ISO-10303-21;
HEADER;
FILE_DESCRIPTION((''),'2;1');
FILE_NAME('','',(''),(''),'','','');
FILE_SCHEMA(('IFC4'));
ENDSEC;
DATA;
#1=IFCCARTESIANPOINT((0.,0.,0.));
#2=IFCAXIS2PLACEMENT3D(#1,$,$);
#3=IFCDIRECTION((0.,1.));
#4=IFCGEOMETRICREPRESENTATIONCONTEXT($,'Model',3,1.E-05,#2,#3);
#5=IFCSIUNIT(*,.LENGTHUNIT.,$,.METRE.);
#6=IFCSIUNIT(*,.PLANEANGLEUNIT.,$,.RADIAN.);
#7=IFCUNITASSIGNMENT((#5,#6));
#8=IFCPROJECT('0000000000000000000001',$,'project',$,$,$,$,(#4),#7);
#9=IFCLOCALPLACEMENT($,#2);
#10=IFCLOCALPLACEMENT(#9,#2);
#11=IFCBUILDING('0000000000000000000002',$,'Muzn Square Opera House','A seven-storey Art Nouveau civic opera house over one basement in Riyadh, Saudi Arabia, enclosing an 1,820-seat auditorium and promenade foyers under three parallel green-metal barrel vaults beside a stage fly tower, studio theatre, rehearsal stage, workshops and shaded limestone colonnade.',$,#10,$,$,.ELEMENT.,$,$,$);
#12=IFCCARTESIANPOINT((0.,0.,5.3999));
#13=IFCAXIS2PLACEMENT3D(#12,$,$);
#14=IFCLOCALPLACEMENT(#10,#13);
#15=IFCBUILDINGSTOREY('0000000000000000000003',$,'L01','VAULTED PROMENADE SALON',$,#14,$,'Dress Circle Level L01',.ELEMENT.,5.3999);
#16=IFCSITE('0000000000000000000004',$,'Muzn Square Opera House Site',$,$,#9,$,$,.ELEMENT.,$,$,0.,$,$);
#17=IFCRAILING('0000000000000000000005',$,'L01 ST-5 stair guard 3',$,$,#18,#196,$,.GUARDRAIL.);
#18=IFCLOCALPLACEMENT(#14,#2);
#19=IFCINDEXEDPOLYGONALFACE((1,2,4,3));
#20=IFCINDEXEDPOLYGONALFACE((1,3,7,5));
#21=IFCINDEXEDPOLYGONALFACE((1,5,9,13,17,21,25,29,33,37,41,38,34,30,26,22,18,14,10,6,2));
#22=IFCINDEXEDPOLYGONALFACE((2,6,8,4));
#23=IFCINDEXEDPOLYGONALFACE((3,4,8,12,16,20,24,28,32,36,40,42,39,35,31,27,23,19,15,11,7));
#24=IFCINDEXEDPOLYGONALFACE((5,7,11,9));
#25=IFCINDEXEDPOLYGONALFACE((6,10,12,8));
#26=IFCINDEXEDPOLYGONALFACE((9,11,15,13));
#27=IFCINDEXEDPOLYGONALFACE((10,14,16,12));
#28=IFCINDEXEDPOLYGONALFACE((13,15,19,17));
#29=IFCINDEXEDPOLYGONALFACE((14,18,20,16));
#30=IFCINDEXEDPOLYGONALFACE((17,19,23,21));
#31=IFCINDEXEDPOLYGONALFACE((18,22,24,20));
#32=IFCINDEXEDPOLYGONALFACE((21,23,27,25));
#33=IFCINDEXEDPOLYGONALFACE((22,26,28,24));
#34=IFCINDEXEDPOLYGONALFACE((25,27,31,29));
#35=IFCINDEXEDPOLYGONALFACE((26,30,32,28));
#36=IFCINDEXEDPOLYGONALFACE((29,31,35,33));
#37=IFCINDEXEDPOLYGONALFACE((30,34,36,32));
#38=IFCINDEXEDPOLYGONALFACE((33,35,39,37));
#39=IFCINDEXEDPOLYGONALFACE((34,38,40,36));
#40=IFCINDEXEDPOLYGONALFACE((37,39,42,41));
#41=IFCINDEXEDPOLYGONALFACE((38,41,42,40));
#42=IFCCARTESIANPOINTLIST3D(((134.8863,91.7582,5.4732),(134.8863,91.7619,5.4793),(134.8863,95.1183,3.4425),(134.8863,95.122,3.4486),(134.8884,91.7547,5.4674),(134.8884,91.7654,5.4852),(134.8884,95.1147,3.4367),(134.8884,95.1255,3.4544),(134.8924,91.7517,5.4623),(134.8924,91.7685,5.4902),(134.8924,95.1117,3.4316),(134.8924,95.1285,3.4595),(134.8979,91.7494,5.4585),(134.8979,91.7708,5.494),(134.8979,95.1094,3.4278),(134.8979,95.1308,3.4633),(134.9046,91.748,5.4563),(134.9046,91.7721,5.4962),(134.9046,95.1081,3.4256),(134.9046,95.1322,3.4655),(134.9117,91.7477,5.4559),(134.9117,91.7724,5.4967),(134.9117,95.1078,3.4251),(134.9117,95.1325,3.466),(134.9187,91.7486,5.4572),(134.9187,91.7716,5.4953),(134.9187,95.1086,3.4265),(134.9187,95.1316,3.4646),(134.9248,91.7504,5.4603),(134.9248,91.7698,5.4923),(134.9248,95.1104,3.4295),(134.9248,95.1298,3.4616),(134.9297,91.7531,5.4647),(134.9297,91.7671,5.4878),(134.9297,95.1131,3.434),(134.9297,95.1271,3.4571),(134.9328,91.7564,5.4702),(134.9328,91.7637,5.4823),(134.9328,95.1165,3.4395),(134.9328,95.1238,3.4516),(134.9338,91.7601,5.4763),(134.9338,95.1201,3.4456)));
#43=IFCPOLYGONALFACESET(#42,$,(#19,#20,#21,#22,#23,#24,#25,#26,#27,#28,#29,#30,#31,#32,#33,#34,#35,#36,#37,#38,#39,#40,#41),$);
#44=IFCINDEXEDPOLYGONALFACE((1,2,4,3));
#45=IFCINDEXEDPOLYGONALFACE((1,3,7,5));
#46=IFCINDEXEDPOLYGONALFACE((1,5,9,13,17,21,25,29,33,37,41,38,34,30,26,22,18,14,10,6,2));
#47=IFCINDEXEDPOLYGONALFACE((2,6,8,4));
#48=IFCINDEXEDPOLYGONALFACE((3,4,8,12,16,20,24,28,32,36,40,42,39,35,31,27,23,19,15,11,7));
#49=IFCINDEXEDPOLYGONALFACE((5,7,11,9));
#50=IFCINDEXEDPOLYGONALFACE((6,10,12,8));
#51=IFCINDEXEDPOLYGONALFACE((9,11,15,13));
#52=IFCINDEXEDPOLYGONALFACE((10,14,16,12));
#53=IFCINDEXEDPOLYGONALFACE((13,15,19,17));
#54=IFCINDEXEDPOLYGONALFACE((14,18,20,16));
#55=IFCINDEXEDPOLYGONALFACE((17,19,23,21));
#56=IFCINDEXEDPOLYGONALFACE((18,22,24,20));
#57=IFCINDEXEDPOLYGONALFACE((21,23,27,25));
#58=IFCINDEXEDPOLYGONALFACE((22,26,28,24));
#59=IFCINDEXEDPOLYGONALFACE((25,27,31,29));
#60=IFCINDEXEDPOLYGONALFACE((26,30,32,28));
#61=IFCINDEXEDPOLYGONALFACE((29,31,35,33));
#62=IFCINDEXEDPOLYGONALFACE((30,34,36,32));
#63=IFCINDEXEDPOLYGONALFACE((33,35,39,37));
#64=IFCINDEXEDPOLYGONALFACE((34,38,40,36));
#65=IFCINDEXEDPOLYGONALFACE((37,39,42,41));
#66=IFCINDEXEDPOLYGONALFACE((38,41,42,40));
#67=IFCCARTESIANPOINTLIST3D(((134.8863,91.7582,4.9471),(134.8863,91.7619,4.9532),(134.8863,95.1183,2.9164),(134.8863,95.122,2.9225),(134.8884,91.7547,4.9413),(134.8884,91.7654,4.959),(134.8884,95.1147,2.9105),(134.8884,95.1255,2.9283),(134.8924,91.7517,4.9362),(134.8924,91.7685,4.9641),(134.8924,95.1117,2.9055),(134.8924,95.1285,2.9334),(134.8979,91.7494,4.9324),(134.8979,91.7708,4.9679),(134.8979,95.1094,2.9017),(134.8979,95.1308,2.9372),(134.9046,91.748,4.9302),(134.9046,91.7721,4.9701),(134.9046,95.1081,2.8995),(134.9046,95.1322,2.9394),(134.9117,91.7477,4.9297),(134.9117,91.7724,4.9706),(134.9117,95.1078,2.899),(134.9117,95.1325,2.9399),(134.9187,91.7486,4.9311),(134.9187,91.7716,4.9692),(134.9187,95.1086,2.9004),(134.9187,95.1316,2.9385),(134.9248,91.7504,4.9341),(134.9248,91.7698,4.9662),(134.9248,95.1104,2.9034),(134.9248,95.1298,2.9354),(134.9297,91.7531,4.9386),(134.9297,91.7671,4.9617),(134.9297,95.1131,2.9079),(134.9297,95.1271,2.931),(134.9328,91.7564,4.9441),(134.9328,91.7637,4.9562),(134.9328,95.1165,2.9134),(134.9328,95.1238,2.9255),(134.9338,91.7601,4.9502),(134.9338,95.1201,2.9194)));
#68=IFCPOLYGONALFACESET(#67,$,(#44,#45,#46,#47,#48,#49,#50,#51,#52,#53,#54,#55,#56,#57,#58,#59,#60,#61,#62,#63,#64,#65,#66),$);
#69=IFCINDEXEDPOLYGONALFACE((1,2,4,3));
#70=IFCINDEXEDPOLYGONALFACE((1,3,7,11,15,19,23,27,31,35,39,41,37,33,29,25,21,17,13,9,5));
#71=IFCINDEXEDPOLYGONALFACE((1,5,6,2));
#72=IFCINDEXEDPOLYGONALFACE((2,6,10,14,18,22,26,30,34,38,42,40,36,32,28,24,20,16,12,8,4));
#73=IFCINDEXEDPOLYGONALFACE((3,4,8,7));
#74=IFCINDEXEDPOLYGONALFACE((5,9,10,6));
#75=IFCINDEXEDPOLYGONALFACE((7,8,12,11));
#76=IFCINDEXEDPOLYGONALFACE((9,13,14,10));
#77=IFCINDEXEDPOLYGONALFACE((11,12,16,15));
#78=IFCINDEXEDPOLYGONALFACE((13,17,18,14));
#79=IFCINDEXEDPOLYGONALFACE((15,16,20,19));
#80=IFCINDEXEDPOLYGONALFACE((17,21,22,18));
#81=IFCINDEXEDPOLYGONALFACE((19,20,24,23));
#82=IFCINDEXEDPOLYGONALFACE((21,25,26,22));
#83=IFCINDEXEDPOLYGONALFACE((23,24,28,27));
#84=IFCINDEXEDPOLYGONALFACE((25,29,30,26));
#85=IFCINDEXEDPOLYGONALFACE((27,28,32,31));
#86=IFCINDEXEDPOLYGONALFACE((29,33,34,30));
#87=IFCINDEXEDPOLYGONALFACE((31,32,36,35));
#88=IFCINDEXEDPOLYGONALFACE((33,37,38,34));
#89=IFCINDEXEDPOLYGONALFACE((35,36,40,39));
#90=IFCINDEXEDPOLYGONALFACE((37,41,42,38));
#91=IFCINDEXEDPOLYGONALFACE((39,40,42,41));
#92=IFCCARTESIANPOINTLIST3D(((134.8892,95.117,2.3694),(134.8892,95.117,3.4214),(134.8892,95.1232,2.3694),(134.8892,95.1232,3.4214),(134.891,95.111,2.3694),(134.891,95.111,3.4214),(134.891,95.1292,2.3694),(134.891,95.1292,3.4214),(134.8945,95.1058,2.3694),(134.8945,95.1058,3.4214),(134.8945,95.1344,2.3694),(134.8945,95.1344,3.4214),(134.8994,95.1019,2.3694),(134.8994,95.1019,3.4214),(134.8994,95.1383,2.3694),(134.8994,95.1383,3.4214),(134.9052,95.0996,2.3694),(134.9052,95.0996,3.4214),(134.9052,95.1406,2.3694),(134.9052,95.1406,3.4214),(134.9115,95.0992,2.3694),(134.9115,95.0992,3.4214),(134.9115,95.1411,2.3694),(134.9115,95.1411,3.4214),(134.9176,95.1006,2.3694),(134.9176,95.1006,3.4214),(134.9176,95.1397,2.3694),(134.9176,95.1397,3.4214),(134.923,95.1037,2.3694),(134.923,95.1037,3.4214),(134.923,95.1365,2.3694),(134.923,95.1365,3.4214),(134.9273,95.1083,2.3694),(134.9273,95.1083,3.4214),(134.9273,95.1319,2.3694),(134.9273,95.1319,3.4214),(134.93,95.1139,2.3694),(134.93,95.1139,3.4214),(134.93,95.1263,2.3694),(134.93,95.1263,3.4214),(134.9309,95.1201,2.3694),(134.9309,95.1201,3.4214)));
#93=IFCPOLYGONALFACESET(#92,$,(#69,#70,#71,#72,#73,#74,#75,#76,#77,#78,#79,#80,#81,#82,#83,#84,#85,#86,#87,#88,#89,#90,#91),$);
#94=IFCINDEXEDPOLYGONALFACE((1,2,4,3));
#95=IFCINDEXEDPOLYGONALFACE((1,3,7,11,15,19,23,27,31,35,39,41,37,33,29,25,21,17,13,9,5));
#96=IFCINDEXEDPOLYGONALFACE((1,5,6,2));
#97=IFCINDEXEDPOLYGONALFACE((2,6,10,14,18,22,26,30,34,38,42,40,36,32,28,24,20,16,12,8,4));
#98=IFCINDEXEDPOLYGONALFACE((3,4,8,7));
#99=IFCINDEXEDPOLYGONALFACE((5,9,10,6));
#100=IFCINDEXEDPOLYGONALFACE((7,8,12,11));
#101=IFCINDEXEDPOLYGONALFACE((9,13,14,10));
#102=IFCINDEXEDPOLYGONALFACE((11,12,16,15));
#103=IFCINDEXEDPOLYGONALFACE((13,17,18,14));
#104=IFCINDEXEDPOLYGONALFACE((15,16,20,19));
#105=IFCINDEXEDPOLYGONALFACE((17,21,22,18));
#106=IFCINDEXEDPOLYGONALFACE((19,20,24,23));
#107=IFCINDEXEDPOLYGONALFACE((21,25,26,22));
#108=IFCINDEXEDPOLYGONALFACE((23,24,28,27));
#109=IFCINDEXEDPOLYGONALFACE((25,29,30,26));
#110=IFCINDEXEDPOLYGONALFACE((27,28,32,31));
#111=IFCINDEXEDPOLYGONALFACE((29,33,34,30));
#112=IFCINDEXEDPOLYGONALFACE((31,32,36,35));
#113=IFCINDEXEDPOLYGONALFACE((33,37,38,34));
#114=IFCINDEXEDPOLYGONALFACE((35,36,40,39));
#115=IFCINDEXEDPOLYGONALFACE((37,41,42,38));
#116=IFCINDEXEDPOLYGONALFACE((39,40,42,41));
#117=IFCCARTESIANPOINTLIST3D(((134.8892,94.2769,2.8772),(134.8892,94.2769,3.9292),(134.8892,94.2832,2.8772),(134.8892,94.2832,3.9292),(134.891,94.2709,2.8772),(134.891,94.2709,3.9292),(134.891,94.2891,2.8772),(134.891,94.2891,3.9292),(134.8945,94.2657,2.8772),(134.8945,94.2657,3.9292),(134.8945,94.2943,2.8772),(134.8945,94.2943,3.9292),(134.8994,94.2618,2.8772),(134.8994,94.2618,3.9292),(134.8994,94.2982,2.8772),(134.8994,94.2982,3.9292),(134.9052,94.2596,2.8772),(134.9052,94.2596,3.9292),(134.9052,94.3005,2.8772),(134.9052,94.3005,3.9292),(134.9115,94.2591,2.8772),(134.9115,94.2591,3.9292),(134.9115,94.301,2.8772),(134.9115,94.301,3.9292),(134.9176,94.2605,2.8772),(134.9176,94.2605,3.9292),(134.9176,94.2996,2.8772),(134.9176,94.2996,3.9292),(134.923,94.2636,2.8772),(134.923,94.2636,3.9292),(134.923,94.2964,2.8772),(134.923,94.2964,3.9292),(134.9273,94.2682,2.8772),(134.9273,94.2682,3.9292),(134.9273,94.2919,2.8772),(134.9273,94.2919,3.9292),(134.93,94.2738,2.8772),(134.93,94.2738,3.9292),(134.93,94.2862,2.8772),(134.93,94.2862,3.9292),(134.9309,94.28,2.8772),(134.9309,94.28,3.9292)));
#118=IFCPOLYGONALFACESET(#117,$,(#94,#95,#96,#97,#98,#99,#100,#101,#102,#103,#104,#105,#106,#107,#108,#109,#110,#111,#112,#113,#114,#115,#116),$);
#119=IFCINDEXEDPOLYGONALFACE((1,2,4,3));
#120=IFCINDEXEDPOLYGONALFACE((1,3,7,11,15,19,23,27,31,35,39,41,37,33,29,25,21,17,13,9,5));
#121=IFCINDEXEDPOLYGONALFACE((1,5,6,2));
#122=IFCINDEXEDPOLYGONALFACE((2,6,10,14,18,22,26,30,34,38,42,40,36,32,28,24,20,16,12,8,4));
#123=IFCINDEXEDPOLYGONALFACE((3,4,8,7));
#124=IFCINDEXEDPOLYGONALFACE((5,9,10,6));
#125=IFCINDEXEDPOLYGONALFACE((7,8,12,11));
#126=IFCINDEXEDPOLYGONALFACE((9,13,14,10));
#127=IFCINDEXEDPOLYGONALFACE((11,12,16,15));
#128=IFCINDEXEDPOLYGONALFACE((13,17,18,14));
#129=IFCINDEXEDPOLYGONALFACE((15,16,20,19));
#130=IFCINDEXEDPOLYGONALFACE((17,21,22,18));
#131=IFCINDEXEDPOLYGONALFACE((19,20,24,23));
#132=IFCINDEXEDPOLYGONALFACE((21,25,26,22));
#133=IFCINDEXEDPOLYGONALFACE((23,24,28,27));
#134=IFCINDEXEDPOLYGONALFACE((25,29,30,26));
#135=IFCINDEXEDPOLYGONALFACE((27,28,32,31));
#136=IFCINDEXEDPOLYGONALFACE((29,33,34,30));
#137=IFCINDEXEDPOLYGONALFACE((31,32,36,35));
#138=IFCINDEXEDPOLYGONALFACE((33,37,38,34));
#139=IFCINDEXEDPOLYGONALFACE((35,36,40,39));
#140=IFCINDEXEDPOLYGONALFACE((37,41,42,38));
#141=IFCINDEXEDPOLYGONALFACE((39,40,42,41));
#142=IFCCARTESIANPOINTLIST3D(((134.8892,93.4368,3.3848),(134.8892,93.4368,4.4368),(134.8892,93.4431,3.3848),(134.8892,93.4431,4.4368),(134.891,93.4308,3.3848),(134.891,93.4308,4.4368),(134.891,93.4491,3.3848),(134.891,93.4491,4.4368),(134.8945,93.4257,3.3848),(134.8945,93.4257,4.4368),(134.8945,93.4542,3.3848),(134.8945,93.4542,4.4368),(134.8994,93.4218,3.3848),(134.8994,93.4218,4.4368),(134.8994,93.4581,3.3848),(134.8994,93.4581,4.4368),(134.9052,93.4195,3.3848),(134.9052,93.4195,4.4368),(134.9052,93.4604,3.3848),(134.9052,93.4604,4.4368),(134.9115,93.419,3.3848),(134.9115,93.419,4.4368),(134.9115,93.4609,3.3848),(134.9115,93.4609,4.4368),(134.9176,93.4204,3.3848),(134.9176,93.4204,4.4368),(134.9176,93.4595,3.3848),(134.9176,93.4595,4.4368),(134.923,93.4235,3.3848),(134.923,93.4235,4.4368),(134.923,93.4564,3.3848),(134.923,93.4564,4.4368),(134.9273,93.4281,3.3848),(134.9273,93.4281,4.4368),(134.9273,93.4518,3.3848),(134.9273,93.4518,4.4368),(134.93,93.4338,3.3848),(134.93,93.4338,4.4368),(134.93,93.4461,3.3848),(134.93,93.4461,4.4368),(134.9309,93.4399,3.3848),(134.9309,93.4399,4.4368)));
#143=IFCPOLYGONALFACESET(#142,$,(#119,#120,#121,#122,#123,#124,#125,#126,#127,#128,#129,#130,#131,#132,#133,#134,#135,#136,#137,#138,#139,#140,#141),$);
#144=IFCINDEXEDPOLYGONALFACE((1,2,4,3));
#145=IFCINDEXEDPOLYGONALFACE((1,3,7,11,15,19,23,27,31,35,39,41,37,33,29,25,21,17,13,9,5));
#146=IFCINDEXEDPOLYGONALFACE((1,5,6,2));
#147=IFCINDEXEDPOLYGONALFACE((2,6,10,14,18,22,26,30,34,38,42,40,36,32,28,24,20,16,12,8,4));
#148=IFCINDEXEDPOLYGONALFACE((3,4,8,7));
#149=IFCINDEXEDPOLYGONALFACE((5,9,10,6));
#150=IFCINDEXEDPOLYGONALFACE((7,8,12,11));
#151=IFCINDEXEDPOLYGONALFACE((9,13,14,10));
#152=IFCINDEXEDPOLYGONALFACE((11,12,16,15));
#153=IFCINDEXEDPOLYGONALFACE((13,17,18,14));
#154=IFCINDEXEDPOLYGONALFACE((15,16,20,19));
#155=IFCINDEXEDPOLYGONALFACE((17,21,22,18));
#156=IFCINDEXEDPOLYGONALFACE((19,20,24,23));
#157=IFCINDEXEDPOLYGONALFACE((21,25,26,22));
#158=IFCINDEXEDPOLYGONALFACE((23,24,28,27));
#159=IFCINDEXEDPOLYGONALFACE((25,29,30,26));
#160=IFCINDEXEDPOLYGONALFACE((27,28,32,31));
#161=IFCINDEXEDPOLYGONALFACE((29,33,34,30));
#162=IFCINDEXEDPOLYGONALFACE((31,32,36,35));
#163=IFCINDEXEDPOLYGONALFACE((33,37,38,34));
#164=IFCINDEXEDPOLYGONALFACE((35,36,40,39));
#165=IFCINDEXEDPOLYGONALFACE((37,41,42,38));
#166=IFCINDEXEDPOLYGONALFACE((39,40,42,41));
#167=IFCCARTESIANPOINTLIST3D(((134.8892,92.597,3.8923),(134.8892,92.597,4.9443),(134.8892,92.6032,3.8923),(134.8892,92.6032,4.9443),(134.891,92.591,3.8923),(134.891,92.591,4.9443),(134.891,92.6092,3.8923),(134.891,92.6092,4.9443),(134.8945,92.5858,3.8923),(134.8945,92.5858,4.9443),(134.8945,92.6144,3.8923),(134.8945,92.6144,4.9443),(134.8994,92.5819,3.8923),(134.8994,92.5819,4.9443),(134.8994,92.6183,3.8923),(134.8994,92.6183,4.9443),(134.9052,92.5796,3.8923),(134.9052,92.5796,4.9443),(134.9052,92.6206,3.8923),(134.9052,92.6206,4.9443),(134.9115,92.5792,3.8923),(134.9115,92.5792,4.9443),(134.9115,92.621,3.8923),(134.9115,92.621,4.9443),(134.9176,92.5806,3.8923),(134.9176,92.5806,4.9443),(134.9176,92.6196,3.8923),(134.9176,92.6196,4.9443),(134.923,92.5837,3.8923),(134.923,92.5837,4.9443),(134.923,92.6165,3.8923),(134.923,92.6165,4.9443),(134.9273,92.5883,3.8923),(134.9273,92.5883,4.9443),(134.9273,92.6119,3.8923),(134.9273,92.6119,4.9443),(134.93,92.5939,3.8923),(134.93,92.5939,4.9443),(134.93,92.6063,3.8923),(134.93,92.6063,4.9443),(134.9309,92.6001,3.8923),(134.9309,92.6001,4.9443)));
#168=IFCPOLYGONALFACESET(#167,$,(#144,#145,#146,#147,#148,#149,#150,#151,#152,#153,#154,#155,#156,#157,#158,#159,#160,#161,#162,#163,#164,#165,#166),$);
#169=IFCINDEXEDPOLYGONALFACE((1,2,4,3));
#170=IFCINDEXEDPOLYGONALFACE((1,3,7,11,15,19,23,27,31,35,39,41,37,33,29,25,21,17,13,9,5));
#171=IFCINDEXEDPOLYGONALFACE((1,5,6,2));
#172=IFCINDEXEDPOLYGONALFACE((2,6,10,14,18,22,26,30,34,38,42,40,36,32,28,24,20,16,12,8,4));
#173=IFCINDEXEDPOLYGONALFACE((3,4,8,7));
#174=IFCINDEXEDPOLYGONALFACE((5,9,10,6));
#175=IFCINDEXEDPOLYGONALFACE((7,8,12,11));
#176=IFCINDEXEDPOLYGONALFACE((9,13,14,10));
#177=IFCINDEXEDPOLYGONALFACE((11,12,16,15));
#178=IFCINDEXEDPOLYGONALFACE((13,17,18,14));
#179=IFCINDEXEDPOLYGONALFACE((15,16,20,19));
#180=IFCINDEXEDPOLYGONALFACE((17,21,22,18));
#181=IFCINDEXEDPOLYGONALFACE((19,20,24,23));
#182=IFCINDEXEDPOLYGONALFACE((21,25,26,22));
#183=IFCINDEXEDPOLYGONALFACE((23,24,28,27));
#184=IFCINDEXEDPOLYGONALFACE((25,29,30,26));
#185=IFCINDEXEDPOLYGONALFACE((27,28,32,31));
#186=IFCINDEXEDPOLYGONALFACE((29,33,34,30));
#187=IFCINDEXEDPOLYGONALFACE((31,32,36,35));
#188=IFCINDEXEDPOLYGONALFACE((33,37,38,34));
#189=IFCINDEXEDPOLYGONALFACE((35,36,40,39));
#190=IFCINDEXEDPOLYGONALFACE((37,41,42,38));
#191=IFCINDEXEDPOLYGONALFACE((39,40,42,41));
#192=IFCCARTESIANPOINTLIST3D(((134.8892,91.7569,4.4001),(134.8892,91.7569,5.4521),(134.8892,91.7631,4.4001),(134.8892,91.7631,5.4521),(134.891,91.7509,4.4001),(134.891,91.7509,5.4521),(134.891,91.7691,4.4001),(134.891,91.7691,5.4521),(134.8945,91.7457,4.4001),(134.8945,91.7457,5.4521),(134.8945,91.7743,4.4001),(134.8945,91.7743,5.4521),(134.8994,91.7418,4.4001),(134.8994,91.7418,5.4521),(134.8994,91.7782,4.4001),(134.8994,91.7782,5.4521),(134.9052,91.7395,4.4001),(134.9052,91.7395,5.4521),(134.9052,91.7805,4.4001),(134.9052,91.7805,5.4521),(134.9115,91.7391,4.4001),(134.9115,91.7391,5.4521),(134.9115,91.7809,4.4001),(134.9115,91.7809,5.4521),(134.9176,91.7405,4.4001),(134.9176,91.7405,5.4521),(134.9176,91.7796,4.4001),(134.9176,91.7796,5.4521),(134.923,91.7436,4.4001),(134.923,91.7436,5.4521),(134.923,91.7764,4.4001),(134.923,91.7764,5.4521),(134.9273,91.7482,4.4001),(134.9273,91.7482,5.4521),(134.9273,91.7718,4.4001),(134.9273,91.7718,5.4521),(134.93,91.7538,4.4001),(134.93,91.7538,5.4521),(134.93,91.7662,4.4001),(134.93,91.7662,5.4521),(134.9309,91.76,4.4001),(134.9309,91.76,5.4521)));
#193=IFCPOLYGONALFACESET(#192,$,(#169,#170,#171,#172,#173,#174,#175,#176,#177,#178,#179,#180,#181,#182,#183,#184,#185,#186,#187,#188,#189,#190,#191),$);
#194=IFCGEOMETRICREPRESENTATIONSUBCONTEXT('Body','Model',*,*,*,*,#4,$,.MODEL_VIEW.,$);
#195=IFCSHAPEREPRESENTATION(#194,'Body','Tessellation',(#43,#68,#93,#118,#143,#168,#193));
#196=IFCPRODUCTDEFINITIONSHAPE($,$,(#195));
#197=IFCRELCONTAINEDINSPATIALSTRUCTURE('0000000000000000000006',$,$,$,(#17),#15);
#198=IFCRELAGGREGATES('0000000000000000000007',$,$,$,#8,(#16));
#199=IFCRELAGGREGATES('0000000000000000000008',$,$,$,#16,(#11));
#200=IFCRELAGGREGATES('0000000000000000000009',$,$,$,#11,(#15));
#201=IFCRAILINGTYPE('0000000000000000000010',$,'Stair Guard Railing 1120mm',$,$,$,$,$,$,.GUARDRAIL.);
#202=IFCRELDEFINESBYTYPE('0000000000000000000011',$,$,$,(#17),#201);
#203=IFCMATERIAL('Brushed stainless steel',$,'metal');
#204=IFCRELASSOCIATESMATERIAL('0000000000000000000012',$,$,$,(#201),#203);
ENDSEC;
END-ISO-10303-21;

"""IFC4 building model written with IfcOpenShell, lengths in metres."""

from ifc_helpers import new_model, si_unit, direction, frame, origin, origin_2d, place, context, subcontext, project, spatial, circle, extrude, material, type_object, element, save


model = new_model("IFC4")

# Units and contexts
model_context = context("Model", 3, precision=1e-05, world=origin(), true_north=direction((0.0, 1.0)))
body_context = subcontext(model_context, "Body", "Model", "MODEL_VIEW")
ifc_project = project(units=[si_unit("LENGTHUNIT", "METRE"), si_unit("PLANEANGLEUNIT", "RADIAN")], contexts=[model_context])

# Site, building, storey
site_placement = place(None, origin())
site = spatial("IfcSite", under=ifc_project, at=site_placement, Name="Muzn Square Opera House Site", CompositionType="ELEMENT", RefElevation=0.0)
building_placement = place(site_placement, origin())
building = spatial("IfcBuilding", under=site, at=building_placement, Name="Muzn Square Opera House", Description="A seven-storey Art Nouveau civic opera house over one basement in Riyadh, Saudi Arabia, enclosing an 1,820-seat auditorium and promenade foyers under three parallel green-metal barrel vaults beside a stage fly tower, studio theatre, rehearsal stage, workshops and shaded limestone colonnade.", CompositionType="ELEMENT")
storey_placement = place(building_placement, frame((0.0, 0.0, 5.3999)))
storey = spatial("IfcBuildingStorey", under=building, at=storey_placement, Name="L01", Description="VAULTED PROMENADE SALON", LongName="Dress Circle Level L01", CompositionType="ELEMENT", Elevation=5.3999)

# Railing
ifc_material_1 = material(Name="Brushed stainless steel", Category="metal")
railing_type_1 = type_object("IfcRailingType", Name="Stair Guard Railing 1120mm", PredefinedType="GUARDRAIL", material=ifc_material_1)
railing_1_placement = place(storey_placement, frame((134.9099, 95.1201, 2.3694)))
element("IfcRailing", 1, at=railing_1_placement, inside=storey, type_object=railing_type_1, Name="L01 ST-5 stair guard 3", PredefinedType="GUARDRAIL", context=body_context, shape_type="SweptSolid", body=[
    extrude(circle(Radius=0.0239, at=origin_2d()), frame((0.0, 0.0, 1.0762), z_axis=(0.0, -0.855837, 0.517246), x_axis=(1.0, 0.0, 0.0)), (0.0, 0.0, 1.0), 3.926),
    extrude(circle(Radius=0.0239, at=origin_2d()), frame((0.0, 0.0, 0.55), z_axis=(0.0, -0.855837, 0.517246), x_axis=(1.0, 0.0, 0.0)), (0.0, 0.0, 1.0), 3.926),
    extrude(circle(Radius=0.021, at=origin_2d()), origin(), (0.0, 0.0, 1.0), 1.052),
    extrude(circle(Radius=0.021, at=origin_2d()), frame((0.0, -0.8401, 0.5078)), (0.0, 0.0, 1.0), 1.052),
    extrude(circle(Radius=0.021, at=origin_2d()), frame((0.0, -1.6802, 1.0154)), (0.0, 0.0, 1.0), 1.052),
    extrude(circle(Radius=0.021, at=origin_2d()), frame((0.0, -2.52, 1.5229)), (0.0, 0.0, 1.0), 1.052),
    extrude(circle(Radius=0.021, at=origin_2d()), frame((0.0, -3.3601, 2.0308)), (0.0, 0.0, 1.0), 1.052),
])

save(model, "model.ifc")
